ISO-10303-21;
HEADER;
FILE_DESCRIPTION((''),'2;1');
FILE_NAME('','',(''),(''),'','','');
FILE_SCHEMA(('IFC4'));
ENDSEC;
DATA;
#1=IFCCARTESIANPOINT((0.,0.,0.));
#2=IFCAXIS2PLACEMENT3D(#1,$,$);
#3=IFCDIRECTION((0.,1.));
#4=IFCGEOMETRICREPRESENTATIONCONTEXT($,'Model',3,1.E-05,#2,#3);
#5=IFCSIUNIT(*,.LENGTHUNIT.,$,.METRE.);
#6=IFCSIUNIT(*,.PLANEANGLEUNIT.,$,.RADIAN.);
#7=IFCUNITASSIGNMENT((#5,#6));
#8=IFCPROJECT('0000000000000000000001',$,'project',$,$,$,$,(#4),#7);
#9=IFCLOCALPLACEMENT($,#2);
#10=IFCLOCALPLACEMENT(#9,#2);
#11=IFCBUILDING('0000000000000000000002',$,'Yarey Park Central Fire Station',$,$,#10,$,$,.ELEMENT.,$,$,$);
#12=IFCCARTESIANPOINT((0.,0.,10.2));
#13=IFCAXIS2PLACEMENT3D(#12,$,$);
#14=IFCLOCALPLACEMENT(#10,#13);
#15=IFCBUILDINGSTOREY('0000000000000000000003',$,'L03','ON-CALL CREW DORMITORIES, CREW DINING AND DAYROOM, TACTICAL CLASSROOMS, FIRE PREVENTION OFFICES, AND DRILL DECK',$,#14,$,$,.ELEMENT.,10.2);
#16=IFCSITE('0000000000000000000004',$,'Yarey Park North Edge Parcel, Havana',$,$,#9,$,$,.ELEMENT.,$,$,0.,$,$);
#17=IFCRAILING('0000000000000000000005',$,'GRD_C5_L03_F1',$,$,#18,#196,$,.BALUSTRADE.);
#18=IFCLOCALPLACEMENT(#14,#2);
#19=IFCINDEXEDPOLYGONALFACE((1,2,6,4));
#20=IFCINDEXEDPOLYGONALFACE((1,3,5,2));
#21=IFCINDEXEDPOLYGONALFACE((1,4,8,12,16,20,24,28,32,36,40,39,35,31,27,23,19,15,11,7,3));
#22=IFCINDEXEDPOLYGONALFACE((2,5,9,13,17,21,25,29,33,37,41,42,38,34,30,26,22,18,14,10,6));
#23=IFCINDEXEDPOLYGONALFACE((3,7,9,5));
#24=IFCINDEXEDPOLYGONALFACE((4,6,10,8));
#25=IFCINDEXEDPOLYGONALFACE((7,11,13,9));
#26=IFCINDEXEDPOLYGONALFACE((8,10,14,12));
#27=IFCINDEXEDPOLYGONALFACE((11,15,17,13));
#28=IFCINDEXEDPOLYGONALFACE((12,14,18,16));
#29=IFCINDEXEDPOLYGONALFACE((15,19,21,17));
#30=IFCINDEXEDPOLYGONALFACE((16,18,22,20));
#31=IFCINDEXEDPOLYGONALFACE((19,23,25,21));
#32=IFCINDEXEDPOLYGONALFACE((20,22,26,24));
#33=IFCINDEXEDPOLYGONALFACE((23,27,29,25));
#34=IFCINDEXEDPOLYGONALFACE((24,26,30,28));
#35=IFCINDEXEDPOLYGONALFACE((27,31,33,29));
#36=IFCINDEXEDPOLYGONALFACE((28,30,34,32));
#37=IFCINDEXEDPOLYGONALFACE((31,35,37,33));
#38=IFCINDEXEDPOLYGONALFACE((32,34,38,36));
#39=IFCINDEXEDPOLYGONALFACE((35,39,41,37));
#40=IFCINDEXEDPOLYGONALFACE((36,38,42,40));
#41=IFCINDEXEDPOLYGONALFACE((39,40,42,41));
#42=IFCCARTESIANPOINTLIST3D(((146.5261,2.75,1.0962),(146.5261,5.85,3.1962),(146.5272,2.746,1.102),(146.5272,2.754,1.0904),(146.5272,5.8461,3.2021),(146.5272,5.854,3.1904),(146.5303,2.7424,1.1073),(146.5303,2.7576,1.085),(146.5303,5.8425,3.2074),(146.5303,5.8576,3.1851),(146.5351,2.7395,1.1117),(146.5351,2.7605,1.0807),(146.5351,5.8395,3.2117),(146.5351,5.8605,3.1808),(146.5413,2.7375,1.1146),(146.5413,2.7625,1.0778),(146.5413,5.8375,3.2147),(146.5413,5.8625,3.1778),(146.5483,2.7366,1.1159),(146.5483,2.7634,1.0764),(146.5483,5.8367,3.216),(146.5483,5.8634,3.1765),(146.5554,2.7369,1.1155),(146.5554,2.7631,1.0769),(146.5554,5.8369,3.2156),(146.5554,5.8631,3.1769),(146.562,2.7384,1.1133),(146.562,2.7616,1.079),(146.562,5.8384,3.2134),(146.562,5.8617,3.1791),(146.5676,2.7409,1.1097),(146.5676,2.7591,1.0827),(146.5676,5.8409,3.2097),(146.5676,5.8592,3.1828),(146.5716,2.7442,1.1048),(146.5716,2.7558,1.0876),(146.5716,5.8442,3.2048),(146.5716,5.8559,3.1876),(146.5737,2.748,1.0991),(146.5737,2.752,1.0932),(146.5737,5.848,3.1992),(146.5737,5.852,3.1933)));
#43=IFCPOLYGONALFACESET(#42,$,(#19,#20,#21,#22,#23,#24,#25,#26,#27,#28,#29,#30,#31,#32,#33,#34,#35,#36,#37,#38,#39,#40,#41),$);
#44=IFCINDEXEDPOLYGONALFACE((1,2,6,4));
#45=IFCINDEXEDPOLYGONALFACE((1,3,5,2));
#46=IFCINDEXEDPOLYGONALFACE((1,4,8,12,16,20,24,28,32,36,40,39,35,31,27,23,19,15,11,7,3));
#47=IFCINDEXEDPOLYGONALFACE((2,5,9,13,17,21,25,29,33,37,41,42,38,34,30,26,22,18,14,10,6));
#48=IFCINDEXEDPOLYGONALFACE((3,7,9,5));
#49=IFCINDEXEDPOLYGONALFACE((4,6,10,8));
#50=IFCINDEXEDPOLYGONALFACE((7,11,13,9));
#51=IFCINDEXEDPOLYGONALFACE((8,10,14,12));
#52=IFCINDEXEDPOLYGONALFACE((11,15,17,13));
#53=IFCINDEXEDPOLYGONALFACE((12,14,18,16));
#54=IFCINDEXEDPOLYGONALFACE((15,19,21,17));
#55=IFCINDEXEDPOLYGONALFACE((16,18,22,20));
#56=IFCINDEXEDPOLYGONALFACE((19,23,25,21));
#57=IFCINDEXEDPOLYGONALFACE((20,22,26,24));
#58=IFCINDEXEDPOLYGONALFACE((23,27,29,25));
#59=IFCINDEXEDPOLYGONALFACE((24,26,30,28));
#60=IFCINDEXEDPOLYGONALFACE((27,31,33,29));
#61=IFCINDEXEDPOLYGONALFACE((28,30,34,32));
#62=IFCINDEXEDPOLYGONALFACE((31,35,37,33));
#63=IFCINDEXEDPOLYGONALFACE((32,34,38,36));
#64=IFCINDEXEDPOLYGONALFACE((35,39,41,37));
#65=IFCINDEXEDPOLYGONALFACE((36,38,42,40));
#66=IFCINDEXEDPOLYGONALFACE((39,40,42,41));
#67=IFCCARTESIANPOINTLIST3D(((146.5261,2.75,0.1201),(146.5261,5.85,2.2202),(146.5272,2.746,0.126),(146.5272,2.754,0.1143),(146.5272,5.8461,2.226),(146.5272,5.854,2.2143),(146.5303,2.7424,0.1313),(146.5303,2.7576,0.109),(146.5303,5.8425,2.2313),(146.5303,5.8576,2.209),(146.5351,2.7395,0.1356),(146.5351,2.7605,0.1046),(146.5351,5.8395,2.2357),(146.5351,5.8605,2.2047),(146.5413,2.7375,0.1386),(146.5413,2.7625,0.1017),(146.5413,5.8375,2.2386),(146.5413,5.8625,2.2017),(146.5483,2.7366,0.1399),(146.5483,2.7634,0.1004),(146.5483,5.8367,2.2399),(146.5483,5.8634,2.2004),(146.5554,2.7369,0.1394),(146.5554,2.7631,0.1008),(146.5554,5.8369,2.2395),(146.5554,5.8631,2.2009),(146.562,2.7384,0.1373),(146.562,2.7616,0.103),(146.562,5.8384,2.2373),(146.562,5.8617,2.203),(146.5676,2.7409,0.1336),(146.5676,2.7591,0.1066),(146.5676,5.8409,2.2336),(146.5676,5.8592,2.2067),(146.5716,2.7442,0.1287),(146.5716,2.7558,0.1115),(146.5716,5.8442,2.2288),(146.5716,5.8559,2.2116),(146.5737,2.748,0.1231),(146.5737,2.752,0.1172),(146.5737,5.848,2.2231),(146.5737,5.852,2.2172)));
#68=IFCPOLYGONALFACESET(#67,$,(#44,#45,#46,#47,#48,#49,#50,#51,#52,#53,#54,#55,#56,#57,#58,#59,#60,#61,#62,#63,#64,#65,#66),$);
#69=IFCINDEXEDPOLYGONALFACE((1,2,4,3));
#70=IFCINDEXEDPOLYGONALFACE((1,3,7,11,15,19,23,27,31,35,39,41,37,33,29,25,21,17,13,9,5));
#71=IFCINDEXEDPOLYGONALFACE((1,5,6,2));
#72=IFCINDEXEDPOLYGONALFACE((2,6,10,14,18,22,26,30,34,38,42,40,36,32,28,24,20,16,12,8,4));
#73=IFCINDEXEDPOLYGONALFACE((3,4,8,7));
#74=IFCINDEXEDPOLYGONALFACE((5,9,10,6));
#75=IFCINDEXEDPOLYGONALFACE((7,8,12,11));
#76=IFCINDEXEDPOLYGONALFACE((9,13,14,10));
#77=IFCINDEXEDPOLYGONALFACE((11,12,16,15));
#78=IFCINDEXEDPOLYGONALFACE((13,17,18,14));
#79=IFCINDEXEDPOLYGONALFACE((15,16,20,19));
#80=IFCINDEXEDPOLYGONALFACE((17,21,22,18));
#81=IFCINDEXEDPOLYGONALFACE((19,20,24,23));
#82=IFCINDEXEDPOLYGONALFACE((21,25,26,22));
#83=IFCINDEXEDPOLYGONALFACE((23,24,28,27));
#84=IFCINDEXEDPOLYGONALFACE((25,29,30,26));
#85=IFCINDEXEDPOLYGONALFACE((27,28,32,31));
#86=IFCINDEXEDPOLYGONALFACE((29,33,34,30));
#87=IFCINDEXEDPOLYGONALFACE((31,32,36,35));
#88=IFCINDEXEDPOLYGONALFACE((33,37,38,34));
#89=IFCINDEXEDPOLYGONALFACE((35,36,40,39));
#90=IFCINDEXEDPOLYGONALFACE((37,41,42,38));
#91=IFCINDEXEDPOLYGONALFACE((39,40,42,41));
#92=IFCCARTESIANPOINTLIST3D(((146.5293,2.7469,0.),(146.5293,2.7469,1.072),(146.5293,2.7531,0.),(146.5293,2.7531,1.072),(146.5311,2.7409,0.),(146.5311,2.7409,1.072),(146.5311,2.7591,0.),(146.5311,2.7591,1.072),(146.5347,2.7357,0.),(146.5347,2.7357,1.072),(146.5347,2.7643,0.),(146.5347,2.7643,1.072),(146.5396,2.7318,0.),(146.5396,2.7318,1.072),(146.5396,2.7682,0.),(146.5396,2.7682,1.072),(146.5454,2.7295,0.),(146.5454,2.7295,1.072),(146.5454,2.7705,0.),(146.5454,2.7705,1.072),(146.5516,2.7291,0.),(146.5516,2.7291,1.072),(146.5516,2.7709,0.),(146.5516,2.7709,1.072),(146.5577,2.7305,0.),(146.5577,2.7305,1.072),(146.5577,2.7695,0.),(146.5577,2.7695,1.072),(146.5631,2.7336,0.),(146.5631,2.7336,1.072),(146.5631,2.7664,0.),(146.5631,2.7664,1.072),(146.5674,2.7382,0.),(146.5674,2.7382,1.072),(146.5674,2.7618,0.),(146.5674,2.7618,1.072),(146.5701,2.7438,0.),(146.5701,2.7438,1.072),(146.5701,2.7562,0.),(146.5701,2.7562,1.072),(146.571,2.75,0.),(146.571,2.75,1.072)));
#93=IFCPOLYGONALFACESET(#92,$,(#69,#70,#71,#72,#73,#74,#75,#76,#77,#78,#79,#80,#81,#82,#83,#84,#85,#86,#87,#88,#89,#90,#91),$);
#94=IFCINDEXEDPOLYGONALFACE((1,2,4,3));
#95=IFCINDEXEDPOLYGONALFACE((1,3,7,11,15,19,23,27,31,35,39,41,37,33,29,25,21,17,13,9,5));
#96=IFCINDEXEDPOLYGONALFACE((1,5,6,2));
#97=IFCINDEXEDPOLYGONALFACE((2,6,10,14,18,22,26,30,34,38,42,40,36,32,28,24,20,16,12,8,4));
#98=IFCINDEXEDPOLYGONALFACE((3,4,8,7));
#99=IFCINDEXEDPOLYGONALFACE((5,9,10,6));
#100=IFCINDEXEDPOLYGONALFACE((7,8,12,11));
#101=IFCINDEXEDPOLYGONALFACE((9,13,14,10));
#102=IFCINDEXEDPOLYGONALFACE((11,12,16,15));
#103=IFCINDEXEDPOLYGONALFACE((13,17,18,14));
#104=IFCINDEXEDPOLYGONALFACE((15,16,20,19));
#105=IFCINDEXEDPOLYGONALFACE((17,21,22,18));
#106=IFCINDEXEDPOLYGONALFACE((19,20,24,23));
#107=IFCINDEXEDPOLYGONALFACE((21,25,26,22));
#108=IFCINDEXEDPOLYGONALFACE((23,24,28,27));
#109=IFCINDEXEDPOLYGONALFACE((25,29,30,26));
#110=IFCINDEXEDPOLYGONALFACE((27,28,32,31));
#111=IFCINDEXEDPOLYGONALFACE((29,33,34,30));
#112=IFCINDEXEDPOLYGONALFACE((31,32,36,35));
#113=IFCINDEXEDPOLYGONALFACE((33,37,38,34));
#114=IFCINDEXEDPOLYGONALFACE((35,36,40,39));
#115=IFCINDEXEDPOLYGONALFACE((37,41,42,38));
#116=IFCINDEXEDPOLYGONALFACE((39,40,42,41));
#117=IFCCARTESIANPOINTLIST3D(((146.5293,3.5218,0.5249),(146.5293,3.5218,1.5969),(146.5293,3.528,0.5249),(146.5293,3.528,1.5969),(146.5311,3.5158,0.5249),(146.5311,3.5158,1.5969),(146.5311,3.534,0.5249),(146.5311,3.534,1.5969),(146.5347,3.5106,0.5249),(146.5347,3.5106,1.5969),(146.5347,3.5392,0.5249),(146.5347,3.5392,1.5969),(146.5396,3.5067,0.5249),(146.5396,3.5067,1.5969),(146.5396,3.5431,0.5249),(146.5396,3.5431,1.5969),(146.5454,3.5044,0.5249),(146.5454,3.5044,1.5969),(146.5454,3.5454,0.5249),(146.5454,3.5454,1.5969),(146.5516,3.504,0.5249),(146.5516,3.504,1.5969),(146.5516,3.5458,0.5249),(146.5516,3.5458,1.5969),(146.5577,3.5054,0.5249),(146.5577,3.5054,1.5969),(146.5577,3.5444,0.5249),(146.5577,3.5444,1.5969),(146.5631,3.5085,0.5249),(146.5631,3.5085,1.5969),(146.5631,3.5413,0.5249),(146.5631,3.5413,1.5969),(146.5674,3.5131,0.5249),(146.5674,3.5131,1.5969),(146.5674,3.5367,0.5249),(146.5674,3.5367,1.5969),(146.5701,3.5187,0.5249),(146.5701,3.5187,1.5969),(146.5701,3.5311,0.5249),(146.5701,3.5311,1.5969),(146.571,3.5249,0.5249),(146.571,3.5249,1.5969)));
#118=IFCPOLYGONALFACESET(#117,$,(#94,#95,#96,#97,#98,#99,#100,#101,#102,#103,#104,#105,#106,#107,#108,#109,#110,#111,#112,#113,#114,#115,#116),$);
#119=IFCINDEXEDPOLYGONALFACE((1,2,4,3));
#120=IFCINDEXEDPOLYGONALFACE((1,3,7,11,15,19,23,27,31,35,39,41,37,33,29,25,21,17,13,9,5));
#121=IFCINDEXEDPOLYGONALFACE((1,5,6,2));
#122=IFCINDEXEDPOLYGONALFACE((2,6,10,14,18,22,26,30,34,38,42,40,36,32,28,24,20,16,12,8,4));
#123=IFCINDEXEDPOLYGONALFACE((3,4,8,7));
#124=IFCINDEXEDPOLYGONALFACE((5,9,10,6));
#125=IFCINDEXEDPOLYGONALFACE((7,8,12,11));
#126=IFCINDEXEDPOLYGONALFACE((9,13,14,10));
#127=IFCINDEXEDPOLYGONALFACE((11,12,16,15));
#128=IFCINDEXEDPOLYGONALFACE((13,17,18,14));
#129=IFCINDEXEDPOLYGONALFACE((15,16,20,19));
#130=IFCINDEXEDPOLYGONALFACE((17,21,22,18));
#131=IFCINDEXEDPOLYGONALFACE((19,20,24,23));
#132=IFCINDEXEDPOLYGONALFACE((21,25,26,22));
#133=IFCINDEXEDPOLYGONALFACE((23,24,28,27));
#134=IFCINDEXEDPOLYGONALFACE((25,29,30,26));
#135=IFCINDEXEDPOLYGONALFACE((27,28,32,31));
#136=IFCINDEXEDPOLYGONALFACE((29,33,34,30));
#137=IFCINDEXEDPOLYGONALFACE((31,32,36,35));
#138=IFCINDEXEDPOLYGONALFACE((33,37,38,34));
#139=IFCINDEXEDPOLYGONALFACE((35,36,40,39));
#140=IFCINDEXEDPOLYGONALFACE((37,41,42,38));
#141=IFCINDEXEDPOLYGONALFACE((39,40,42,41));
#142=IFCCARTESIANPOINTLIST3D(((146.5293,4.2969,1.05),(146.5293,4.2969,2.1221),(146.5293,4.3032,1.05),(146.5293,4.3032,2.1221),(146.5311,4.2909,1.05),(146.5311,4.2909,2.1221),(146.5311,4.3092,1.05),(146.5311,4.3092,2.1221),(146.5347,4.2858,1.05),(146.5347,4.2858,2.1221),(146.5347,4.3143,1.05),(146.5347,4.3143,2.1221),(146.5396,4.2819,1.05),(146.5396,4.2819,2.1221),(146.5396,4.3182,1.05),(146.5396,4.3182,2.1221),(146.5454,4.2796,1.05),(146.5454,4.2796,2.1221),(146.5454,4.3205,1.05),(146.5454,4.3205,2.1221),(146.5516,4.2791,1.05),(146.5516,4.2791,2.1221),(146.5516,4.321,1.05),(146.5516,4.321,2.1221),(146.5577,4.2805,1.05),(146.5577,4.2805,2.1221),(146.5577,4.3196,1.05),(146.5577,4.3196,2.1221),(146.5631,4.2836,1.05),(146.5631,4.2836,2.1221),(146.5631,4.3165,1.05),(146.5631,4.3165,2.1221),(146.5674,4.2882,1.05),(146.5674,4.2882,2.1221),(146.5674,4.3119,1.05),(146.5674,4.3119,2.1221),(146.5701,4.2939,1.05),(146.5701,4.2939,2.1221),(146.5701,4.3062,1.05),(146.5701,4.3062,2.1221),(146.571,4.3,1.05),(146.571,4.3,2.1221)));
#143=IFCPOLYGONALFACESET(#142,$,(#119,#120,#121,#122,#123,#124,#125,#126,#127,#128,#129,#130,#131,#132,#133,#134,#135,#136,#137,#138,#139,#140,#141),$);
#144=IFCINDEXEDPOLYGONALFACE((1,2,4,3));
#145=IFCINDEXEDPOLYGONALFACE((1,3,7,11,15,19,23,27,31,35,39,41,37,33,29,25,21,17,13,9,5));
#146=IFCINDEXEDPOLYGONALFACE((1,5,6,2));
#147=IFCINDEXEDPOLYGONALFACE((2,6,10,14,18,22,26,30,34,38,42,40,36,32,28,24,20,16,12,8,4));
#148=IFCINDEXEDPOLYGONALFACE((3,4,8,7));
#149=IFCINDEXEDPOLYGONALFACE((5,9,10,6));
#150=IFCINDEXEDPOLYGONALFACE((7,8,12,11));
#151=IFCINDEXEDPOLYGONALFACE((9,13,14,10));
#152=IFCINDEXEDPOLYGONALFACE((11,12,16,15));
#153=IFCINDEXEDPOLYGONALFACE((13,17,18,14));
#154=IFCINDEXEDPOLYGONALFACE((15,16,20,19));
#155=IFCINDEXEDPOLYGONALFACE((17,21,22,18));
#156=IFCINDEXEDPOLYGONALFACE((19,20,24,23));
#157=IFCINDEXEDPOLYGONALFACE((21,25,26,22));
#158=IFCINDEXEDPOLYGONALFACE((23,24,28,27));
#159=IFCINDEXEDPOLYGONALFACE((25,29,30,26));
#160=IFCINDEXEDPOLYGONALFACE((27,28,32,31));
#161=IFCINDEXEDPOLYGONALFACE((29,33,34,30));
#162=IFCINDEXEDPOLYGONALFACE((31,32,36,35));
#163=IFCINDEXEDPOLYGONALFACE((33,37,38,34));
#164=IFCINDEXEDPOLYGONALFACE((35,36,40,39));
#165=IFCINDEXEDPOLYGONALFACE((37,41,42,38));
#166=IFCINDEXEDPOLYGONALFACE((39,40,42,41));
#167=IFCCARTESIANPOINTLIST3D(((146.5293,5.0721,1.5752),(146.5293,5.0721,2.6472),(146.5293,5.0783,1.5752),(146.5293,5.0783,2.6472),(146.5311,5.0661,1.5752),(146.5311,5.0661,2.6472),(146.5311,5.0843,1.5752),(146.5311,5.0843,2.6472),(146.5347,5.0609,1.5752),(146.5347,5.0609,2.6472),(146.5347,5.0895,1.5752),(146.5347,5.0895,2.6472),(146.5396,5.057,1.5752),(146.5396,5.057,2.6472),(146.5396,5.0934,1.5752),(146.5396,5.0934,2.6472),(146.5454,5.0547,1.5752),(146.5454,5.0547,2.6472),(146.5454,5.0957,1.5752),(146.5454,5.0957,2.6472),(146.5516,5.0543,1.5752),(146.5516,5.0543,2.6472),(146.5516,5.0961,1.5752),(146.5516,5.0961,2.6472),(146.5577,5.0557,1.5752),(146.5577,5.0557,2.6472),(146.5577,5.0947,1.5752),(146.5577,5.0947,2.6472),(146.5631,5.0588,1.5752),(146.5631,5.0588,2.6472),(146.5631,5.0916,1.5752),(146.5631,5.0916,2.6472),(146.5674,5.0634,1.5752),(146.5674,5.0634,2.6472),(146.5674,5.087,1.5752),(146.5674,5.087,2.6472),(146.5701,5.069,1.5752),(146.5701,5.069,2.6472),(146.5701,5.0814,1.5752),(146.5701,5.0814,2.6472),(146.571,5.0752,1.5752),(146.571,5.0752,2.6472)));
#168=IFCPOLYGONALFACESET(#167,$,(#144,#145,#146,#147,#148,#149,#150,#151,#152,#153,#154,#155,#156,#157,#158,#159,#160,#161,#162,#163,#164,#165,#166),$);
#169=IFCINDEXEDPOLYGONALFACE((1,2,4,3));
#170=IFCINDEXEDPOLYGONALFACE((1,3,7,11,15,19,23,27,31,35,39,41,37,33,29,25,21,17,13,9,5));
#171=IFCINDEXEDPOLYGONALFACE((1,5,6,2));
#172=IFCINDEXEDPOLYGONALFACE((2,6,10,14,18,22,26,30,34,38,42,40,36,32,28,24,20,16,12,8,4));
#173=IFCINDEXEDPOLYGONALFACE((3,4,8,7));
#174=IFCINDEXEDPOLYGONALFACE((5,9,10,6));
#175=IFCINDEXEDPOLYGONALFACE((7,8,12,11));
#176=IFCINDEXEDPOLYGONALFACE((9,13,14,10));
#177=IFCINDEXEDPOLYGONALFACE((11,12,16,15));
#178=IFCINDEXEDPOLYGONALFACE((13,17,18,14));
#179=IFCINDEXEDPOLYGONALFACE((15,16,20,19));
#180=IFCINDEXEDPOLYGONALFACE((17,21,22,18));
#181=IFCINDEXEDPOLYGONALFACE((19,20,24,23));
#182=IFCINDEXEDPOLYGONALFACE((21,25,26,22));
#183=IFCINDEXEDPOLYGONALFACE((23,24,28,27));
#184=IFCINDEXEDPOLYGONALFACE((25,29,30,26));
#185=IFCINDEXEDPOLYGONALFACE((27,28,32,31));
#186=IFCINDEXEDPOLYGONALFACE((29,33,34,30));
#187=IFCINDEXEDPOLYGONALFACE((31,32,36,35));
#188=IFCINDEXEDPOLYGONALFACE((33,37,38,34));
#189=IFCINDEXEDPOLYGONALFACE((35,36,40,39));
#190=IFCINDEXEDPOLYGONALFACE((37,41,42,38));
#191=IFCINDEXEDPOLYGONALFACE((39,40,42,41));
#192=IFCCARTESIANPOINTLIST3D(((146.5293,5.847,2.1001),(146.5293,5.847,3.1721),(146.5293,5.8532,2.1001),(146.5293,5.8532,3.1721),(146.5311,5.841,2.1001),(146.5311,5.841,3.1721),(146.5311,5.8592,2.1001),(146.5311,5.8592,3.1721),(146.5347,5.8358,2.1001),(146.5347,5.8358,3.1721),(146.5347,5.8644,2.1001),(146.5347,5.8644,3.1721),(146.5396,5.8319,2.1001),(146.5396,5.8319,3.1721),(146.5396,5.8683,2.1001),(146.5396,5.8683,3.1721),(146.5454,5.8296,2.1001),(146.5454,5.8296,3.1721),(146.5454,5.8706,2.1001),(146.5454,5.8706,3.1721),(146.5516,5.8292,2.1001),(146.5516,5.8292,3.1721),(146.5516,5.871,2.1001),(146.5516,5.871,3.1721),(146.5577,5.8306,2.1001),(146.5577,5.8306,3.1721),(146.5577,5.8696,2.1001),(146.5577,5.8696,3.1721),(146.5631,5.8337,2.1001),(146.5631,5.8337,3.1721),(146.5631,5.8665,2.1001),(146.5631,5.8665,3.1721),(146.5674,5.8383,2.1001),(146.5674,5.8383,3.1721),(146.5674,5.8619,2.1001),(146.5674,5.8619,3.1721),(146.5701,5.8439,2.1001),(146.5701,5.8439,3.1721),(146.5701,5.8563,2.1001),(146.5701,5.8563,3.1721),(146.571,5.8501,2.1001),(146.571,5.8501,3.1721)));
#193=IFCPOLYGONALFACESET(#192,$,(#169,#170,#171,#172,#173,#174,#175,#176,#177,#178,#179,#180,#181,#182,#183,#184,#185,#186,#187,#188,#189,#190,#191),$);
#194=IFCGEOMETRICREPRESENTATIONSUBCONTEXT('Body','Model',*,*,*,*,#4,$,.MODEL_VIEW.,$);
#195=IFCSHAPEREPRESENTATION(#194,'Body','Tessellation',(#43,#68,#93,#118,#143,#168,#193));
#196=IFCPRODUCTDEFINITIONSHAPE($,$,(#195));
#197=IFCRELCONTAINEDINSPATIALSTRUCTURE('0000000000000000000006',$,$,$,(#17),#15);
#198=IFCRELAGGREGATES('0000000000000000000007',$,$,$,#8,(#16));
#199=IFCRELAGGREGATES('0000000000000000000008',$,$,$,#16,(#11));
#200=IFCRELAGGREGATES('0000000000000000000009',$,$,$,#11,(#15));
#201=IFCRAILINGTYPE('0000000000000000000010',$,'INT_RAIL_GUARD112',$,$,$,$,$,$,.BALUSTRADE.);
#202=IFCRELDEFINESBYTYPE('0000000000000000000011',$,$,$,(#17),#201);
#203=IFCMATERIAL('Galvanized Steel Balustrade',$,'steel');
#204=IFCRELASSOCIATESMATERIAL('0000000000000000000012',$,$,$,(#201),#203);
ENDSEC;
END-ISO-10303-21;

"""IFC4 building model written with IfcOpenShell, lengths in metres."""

from ifc_helpers import new_model, si_unit, direction, frame, origin, origin_2d, place, context, subcontext, project, spatial, circle, extrude, material, type_object, element, save


model = new_model("IFC4")

# Units and contexts
model_context = context("Model", 3, precision=1e-05, world=origin(), true_north=direction((0.0, 1.0)))
body_context = subcontext(model_context, "Body", "Model", "MODEL_VIEW")
ifc_project = project(units=[si_unit("LENGTHUNIT", "METRE"), si_unit("PLANEANGLEUNIT", "RADIAN")], contexts=[model_context])

# Site, building, storey
site_placement = place(None, origin())
site = spatial("IfcSite", under=ifc_project, at=site_placement, Name="Yarey Park North Edge Parcel, Havana", CompositionType="ELEMENT", RefElevation=0.0)
building_placement = place(site_placement, origin())
building = spatial("IfcBuilding", under=site, at=building_placement, Name="Yarey Park Central Fire Station", CompositionType="ELEMENT")
storey_placement = place(building_placement, frame((0.0, 0.0, 10.2)))
storey = spatial("IfcBuildingStorey", under=building, at=storey_placement, Name="L03", Description="ON-CALL CREW DORMITORIES, CREW DINING AND DAYROOM, TACTICAL CLASSROOMS, FIRE PREVENTION OFFICES, AND DRILL DECK", CompositionType="ELEMENT", Elevation=10.2)

# Railing
ifc_material_1 = material(Name="Galvanized Steel Balustrade", Category="steel")
railing_type_1 = type_object("IfcRailingType", Name="INT_RAIL_GUARD112", PredefinedType="BALUSTRADE", material=ifc_material_1)
railing_1_placement = place(storey_placement, frame((146.55, 2.75, 0.0)))
element("IfcRailing", 1, at=railing_1_placement, inside=storey, type_object=railing_type_1, Name="GRD_C5_L03_F1", PredefinedType="BALUSTRADE", context=body_context, shape_type="SweptSolid", body=[
    extrude(circle(Radius=0.0239, at=origin_2d()), frame((0.0, 0.0, 1.0962), z_axis=(0.0, 0.827915, 0.560854), x_axis=(-1.0, 0.0, 0.0)), (0.0, 0.0, 1.0), 3.7444),
    extrude(circle(Radius=0.0239, at=origin_2d()), frame((0.0, 0.0, 0.1201), z_axis=(0.0, 0.827915, 0.560854), x_axis=(-1.0, 0.0, 0.0)), (0.0, 0.0, 1.0), 3.7444),
    extrude(circle(Radius=0.021, at=origin_2d()), origin(), (0.0, 0.0, 1.0), 1.072),
    extrude(circle(Radius=0.021, at=origin_2d()), frame((0.0, 0.7749, 0.5249)), (0.0, 0.0, 1.0), 1.072),
    extrude(circle(Radius=0.021, at=origin_2d()), frame((0.0, 1.55, 1.05)), (0.0, 0.0, 1.0), 1.072),
    extrude(circle(Radius=0.021, at=origin_2d()), frame((0.0, 2.3252, 1.5752)), (0.0, 0.0, 1.0), 1.072),
    extrude(circle(Radius=0.021, at=origin_2d()), frame((0.0, 3.1001, 2.1001)), (0.0, 0.0, 1.0), 1.072),
])

save(model, "model.ifc")
